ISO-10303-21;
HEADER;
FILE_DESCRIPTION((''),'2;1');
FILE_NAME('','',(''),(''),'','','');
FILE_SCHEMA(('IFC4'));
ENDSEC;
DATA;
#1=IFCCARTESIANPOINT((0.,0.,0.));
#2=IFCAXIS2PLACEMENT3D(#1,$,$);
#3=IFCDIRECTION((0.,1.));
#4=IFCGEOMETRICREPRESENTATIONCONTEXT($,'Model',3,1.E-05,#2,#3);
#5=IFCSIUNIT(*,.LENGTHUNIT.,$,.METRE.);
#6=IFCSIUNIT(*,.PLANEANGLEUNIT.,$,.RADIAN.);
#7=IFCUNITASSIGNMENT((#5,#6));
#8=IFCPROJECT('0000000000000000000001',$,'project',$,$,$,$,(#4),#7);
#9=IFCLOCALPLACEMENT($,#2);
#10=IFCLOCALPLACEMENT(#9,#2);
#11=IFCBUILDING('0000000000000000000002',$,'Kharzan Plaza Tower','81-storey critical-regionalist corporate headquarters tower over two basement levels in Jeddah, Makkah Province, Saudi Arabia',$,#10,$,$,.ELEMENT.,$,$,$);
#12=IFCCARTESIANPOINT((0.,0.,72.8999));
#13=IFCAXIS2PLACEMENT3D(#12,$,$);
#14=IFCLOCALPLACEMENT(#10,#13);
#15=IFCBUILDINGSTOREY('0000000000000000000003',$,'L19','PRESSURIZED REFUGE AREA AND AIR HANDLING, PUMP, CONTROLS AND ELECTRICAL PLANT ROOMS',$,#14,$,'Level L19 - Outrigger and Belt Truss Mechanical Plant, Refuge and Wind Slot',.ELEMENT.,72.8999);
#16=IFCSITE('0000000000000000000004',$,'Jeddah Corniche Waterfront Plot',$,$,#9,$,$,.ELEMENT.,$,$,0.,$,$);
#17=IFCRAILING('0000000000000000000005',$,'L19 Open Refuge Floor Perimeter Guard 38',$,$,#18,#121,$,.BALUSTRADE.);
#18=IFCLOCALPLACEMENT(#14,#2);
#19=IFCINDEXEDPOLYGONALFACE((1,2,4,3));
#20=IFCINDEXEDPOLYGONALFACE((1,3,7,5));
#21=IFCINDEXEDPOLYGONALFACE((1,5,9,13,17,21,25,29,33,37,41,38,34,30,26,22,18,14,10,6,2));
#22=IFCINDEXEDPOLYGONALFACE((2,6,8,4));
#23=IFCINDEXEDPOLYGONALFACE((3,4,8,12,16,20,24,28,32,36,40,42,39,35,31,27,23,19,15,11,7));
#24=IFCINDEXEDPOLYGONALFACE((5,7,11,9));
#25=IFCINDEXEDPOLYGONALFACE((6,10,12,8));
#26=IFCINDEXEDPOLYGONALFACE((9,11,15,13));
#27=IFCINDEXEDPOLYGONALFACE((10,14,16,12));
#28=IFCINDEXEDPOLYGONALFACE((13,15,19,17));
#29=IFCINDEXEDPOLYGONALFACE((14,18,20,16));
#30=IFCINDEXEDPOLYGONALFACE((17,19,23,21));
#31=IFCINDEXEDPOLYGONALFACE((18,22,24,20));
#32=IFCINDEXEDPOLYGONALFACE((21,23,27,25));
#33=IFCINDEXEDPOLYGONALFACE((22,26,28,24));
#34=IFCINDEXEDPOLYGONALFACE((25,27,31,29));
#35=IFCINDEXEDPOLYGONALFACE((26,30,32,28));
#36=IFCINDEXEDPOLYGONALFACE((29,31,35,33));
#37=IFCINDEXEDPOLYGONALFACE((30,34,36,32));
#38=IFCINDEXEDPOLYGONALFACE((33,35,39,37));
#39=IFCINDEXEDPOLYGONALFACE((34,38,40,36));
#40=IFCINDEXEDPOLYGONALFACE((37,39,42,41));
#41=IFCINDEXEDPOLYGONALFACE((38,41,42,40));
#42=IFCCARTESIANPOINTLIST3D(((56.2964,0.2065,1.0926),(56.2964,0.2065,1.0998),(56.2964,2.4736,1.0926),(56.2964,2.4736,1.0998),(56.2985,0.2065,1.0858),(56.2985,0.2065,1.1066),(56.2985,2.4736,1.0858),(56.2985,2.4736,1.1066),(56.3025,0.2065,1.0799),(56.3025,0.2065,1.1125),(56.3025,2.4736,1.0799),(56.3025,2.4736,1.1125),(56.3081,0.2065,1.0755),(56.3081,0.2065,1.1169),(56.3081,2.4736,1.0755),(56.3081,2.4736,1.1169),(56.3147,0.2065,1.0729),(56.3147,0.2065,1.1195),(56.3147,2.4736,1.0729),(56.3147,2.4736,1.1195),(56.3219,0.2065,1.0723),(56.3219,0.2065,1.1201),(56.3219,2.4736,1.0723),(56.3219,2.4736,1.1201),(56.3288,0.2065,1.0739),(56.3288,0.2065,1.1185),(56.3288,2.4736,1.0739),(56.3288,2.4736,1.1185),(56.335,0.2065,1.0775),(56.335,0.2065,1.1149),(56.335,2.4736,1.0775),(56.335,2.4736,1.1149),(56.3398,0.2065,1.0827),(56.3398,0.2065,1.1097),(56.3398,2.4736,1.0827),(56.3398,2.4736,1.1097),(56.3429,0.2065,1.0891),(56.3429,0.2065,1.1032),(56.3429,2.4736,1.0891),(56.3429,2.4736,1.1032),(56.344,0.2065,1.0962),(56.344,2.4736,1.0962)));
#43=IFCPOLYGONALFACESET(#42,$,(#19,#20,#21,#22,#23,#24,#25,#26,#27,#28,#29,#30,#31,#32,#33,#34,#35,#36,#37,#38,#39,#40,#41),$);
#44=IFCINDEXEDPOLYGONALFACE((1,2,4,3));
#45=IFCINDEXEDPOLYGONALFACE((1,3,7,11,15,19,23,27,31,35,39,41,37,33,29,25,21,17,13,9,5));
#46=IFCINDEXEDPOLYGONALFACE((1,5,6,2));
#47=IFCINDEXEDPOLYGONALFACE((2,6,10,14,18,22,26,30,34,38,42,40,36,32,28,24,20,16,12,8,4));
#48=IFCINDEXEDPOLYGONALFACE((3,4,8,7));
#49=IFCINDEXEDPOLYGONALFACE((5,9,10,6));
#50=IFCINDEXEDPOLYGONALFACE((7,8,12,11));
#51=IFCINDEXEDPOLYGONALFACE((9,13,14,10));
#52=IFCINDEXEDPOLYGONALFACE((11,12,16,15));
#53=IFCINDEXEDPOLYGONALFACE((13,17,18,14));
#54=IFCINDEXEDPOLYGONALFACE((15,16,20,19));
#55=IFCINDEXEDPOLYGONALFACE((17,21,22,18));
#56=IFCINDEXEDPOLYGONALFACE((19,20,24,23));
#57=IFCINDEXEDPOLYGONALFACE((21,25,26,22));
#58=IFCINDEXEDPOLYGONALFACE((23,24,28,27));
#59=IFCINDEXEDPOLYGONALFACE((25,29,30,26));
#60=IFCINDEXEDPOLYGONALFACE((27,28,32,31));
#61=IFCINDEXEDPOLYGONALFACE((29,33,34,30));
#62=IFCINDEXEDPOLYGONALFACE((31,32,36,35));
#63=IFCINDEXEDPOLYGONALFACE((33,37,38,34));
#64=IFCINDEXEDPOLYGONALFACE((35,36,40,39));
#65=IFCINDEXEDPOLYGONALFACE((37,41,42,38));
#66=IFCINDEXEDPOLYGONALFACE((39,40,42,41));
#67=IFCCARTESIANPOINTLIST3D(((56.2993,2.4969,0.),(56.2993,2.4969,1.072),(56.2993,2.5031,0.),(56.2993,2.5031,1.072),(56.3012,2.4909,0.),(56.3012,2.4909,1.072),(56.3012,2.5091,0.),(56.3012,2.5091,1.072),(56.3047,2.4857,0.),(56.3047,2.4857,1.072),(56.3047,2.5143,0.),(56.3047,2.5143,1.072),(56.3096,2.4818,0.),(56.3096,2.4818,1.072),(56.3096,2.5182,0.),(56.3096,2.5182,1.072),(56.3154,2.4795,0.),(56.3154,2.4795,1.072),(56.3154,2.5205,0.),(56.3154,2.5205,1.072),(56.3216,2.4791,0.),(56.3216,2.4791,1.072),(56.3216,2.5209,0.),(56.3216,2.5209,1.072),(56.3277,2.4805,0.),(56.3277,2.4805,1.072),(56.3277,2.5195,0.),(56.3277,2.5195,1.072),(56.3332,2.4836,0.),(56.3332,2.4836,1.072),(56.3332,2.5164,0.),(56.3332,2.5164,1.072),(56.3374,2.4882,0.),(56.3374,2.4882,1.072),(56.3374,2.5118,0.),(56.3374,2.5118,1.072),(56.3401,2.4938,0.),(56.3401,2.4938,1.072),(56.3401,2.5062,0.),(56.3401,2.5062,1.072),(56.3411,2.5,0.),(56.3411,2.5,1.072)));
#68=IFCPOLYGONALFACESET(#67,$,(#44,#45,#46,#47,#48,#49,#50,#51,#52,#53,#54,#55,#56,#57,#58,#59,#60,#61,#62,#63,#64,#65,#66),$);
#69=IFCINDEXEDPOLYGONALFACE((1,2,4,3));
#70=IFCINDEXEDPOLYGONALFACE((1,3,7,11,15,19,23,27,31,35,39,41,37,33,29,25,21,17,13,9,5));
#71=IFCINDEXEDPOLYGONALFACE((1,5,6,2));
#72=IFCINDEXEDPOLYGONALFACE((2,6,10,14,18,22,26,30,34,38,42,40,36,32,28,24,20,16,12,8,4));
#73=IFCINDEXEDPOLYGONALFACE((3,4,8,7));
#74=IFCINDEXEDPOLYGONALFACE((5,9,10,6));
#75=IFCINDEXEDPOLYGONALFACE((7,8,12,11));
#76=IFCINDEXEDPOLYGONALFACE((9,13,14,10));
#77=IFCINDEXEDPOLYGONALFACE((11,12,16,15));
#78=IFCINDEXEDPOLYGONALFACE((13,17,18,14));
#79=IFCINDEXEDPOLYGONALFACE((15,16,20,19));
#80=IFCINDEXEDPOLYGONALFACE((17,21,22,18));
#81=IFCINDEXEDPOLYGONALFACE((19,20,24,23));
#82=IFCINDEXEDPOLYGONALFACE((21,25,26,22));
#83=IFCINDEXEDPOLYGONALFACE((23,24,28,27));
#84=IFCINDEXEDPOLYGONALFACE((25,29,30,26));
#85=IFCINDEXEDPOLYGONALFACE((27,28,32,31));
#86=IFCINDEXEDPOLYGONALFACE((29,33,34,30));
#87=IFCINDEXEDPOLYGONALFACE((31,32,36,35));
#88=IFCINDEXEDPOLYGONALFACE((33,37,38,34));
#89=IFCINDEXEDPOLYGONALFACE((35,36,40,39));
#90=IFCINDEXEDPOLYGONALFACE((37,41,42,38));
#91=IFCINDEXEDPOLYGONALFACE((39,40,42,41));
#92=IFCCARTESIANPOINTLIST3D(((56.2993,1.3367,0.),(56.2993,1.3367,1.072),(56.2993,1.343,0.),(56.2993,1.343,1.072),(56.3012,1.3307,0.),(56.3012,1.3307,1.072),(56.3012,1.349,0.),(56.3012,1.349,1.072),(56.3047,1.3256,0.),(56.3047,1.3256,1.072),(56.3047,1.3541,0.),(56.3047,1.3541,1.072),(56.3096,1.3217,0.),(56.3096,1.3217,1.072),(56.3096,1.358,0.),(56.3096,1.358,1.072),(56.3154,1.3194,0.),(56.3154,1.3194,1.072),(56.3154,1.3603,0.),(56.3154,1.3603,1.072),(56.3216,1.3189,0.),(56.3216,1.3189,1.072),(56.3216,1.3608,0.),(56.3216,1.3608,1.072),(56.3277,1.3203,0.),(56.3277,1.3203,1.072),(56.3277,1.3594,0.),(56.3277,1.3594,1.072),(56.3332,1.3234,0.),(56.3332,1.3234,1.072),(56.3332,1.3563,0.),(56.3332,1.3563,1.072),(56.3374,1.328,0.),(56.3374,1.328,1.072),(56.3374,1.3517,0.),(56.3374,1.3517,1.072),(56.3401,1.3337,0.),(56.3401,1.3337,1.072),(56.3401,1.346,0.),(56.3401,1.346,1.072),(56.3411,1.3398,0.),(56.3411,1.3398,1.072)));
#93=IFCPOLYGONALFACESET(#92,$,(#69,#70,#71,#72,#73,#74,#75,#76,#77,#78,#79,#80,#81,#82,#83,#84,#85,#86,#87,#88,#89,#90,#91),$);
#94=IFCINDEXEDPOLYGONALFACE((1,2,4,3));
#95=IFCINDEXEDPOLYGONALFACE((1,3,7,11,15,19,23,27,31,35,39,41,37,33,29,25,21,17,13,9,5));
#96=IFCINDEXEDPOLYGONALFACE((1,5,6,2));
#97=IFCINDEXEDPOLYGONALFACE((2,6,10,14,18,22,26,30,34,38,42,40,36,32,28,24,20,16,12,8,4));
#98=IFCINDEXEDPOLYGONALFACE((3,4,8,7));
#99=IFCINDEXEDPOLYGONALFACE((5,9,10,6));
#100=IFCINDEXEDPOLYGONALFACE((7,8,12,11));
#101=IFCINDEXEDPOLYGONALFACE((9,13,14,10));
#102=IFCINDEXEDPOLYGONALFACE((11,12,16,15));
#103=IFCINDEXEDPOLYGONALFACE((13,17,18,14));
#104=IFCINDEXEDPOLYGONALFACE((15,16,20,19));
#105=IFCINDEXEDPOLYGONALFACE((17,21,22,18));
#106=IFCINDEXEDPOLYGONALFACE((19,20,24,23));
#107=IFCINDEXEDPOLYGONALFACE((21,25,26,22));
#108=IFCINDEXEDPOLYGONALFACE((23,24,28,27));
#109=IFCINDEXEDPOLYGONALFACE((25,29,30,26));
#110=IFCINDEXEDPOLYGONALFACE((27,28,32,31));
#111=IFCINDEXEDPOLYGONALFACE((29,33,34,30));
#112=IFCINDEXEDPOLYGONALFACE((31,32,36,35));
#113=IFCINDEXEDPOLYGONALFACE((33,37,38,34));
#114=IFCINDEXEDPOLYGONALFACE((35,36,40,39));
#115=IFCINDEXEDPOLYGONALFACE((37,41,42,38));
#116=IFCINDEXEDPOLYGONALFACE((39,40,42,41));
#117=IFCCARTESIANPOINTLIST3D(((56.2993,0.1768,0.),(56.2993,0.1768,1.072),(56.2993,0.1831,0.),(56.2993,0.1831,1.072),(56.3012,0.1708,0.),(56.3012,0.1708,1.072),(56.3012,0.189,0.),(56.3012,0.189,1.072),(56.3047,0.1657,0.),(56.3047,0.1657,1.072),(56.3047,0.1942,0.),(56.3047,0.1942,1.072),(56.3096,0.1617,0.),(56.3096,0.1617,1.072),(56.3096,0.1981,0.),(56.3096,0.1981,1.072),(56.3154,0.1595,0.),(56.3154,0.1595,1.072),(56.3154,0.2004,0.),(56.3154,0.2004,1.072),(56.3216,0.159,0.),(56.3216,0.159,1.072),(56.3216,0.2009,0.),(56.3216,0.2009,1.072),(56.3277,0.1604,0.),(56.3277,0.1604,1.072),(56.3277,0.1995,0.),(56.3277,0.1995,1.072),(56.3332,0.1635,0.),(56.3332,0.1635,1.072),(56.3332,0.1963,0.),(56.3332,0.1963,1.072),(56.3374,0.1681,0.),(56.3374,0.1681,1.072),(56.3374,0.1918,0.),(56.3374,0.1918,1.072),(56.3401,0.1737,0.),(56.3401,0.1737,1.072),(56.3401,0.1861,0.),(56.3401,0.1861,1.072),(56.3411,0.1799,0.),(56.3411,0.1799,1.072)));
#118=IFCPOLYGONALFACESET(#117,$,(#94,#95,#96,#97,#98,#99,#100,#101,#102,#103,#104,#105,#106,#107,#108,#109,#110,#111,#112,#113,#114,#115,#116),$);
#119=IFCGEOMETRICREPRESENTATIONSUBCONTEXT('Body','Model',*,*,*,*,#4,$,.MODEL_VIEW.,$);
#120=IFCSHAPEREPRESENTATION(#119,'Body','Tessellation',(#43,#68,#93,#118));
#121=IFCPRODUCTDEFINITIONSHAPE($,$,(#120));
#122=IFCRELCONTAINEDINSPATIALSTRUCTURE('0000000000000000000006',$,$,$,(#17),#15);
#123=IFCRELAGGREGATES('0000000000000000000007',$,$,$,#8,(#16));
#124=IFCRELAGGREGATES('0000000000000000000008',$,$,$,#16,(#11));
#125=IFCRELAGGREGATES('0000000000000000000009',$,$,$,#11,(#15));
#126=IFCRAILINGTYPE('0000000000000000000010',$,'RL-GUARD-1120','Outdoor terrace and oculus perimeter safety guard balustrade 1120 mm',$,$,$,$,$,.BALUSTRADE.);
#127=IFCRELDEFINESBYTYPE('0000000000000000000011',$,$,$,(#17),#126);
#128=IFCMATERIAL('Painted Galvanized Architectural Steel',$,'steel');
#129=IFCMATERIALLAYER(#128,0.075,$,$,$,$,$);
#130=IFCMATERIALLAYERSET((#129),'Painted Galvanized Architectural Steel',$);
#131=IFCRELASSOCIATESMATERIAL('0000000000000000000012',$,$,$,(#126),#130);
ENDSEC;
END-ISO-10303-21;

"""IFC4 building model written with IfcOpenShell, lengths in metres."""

from ifc_helpers import new_model, si_unit, direction, frame, origin, origin_2d, place, context, subcontext, project, spatial, circle, extrude, source, transform, mapped, material, layer, layer_set, type_object, element, save


model = new_model("IFC4")

# Units and contexts
model_context = context("Model", 3, precision=1e-05, world=origin(), true_north=direction((0.0, 1.0)))
body_context = subcontext(model_context, "Body", "Model", "MODEL_VIEW")
ifc_project = project(units=[si_unit("LENGTHUNIT", "METRE"), si_unit("PLANEANGLEUNIT", "RADIAN")], contexts=[model_context])

# Site, building, storey
site_placement = place(None, origin())
site = spatial("IfcSite", under=ifc_project, at=site_placement, Name="Jeddah Corniche Waterfront Plot", CompositionType="ELEMENT", RefElevation=0.0)
building_placement = place(site_placement, origin())
building = spatial("IfcBuilding", under=site, at=building_placement, Name="Kharzan Plaza Tower", Description="81-storey critical-regionalist corporate headquarters tower over two basement levels in Jeddah, Makkah Province, Saudi Arabia", CompositionType="ELEMENT")
storey_placement = place(building_placement, frame((0.0, 0.0, 72.8999)))
storey = spatial("IfcBuildingStorey", under=building, at=storey_placement, Name="L19", Description="PRESSURIZED REFUGE AREA AND AIR HANDLING, PUMP, CONTROLS AND ELECTRICAL PLANT ROOMS", LongName="Level L19 - Outrigger and Belt Truss Mechanical Plant, Refuge and Wind Slot", CompositionType="ELEMENT", Elevation=72.8999)

# Railing
ifc_material_1 = material(Name="Painted Galvanized Architectural Steel", Category="steel")
ifc_layer_1 = layer(ifc_material_1, 0.075)
ifc_layer_set_1 = layer_set([ifc_layer_1], Name="Painted Galvanized Architectural Steel")
railing_type = type_object("IfcRailingType", Name="RL-GUARD-1120", Description="Outdoor terrace and oculus perimeter safety guard balustrade 1120 mm", PredefinedType="BALUSTRADE", material=ifc_layer_set_1)
shared_shape_1 = source(origin(), body_context, "Body", "SweptSolid", [
    extrude(circle(Radius=0.0239, at=origin_2d()), frame((0.0, -0.0264, 1.0962), z_axis=(0.0, -1.0, 0.0), x_axis=(1.0, 0.0, 0.0)), (0.0, 0.0, 1.0), 2.2671),
    extrude(circle(Radius=0.021, at=origin_2d()), origin(), (0.0, 0.0, 1.0), 1.072),
    extrude(circle(Radius=0.021, at=origin_2d()), frame((0.0, -1.1602, 0.0)), (0.0, 0.0, 1.0), 1.072),
    extrude(circle(Radius=0.021, at=origin_2d()), frame((0.0, -2.3201, 0.0)), (0.0, 0.0, 1.0), 1.072),
])
railing_1_placement = place(storey_placement, frame((56.3201, 2.5, 0.0)))
element("IfcRailing", 1, at=railing_1_placement, inside=storey, type_object=railing_type, Name="L19 Open Refuge Floor Perimeter Guard 38", PredefinedType="BALUSTRADE", context=body_context, shape_type="MappedRepresentation", body=[
    mapped(shared_shape_1, transform((0.0, 0.0, 0.0), x_axis=(1.0, 0.0, 0.0), y_axis=(0.0, 1.0, 0.0), z_axis=(0.0, 0.0, 1.0))),
])

save(model, "model.ifc")
